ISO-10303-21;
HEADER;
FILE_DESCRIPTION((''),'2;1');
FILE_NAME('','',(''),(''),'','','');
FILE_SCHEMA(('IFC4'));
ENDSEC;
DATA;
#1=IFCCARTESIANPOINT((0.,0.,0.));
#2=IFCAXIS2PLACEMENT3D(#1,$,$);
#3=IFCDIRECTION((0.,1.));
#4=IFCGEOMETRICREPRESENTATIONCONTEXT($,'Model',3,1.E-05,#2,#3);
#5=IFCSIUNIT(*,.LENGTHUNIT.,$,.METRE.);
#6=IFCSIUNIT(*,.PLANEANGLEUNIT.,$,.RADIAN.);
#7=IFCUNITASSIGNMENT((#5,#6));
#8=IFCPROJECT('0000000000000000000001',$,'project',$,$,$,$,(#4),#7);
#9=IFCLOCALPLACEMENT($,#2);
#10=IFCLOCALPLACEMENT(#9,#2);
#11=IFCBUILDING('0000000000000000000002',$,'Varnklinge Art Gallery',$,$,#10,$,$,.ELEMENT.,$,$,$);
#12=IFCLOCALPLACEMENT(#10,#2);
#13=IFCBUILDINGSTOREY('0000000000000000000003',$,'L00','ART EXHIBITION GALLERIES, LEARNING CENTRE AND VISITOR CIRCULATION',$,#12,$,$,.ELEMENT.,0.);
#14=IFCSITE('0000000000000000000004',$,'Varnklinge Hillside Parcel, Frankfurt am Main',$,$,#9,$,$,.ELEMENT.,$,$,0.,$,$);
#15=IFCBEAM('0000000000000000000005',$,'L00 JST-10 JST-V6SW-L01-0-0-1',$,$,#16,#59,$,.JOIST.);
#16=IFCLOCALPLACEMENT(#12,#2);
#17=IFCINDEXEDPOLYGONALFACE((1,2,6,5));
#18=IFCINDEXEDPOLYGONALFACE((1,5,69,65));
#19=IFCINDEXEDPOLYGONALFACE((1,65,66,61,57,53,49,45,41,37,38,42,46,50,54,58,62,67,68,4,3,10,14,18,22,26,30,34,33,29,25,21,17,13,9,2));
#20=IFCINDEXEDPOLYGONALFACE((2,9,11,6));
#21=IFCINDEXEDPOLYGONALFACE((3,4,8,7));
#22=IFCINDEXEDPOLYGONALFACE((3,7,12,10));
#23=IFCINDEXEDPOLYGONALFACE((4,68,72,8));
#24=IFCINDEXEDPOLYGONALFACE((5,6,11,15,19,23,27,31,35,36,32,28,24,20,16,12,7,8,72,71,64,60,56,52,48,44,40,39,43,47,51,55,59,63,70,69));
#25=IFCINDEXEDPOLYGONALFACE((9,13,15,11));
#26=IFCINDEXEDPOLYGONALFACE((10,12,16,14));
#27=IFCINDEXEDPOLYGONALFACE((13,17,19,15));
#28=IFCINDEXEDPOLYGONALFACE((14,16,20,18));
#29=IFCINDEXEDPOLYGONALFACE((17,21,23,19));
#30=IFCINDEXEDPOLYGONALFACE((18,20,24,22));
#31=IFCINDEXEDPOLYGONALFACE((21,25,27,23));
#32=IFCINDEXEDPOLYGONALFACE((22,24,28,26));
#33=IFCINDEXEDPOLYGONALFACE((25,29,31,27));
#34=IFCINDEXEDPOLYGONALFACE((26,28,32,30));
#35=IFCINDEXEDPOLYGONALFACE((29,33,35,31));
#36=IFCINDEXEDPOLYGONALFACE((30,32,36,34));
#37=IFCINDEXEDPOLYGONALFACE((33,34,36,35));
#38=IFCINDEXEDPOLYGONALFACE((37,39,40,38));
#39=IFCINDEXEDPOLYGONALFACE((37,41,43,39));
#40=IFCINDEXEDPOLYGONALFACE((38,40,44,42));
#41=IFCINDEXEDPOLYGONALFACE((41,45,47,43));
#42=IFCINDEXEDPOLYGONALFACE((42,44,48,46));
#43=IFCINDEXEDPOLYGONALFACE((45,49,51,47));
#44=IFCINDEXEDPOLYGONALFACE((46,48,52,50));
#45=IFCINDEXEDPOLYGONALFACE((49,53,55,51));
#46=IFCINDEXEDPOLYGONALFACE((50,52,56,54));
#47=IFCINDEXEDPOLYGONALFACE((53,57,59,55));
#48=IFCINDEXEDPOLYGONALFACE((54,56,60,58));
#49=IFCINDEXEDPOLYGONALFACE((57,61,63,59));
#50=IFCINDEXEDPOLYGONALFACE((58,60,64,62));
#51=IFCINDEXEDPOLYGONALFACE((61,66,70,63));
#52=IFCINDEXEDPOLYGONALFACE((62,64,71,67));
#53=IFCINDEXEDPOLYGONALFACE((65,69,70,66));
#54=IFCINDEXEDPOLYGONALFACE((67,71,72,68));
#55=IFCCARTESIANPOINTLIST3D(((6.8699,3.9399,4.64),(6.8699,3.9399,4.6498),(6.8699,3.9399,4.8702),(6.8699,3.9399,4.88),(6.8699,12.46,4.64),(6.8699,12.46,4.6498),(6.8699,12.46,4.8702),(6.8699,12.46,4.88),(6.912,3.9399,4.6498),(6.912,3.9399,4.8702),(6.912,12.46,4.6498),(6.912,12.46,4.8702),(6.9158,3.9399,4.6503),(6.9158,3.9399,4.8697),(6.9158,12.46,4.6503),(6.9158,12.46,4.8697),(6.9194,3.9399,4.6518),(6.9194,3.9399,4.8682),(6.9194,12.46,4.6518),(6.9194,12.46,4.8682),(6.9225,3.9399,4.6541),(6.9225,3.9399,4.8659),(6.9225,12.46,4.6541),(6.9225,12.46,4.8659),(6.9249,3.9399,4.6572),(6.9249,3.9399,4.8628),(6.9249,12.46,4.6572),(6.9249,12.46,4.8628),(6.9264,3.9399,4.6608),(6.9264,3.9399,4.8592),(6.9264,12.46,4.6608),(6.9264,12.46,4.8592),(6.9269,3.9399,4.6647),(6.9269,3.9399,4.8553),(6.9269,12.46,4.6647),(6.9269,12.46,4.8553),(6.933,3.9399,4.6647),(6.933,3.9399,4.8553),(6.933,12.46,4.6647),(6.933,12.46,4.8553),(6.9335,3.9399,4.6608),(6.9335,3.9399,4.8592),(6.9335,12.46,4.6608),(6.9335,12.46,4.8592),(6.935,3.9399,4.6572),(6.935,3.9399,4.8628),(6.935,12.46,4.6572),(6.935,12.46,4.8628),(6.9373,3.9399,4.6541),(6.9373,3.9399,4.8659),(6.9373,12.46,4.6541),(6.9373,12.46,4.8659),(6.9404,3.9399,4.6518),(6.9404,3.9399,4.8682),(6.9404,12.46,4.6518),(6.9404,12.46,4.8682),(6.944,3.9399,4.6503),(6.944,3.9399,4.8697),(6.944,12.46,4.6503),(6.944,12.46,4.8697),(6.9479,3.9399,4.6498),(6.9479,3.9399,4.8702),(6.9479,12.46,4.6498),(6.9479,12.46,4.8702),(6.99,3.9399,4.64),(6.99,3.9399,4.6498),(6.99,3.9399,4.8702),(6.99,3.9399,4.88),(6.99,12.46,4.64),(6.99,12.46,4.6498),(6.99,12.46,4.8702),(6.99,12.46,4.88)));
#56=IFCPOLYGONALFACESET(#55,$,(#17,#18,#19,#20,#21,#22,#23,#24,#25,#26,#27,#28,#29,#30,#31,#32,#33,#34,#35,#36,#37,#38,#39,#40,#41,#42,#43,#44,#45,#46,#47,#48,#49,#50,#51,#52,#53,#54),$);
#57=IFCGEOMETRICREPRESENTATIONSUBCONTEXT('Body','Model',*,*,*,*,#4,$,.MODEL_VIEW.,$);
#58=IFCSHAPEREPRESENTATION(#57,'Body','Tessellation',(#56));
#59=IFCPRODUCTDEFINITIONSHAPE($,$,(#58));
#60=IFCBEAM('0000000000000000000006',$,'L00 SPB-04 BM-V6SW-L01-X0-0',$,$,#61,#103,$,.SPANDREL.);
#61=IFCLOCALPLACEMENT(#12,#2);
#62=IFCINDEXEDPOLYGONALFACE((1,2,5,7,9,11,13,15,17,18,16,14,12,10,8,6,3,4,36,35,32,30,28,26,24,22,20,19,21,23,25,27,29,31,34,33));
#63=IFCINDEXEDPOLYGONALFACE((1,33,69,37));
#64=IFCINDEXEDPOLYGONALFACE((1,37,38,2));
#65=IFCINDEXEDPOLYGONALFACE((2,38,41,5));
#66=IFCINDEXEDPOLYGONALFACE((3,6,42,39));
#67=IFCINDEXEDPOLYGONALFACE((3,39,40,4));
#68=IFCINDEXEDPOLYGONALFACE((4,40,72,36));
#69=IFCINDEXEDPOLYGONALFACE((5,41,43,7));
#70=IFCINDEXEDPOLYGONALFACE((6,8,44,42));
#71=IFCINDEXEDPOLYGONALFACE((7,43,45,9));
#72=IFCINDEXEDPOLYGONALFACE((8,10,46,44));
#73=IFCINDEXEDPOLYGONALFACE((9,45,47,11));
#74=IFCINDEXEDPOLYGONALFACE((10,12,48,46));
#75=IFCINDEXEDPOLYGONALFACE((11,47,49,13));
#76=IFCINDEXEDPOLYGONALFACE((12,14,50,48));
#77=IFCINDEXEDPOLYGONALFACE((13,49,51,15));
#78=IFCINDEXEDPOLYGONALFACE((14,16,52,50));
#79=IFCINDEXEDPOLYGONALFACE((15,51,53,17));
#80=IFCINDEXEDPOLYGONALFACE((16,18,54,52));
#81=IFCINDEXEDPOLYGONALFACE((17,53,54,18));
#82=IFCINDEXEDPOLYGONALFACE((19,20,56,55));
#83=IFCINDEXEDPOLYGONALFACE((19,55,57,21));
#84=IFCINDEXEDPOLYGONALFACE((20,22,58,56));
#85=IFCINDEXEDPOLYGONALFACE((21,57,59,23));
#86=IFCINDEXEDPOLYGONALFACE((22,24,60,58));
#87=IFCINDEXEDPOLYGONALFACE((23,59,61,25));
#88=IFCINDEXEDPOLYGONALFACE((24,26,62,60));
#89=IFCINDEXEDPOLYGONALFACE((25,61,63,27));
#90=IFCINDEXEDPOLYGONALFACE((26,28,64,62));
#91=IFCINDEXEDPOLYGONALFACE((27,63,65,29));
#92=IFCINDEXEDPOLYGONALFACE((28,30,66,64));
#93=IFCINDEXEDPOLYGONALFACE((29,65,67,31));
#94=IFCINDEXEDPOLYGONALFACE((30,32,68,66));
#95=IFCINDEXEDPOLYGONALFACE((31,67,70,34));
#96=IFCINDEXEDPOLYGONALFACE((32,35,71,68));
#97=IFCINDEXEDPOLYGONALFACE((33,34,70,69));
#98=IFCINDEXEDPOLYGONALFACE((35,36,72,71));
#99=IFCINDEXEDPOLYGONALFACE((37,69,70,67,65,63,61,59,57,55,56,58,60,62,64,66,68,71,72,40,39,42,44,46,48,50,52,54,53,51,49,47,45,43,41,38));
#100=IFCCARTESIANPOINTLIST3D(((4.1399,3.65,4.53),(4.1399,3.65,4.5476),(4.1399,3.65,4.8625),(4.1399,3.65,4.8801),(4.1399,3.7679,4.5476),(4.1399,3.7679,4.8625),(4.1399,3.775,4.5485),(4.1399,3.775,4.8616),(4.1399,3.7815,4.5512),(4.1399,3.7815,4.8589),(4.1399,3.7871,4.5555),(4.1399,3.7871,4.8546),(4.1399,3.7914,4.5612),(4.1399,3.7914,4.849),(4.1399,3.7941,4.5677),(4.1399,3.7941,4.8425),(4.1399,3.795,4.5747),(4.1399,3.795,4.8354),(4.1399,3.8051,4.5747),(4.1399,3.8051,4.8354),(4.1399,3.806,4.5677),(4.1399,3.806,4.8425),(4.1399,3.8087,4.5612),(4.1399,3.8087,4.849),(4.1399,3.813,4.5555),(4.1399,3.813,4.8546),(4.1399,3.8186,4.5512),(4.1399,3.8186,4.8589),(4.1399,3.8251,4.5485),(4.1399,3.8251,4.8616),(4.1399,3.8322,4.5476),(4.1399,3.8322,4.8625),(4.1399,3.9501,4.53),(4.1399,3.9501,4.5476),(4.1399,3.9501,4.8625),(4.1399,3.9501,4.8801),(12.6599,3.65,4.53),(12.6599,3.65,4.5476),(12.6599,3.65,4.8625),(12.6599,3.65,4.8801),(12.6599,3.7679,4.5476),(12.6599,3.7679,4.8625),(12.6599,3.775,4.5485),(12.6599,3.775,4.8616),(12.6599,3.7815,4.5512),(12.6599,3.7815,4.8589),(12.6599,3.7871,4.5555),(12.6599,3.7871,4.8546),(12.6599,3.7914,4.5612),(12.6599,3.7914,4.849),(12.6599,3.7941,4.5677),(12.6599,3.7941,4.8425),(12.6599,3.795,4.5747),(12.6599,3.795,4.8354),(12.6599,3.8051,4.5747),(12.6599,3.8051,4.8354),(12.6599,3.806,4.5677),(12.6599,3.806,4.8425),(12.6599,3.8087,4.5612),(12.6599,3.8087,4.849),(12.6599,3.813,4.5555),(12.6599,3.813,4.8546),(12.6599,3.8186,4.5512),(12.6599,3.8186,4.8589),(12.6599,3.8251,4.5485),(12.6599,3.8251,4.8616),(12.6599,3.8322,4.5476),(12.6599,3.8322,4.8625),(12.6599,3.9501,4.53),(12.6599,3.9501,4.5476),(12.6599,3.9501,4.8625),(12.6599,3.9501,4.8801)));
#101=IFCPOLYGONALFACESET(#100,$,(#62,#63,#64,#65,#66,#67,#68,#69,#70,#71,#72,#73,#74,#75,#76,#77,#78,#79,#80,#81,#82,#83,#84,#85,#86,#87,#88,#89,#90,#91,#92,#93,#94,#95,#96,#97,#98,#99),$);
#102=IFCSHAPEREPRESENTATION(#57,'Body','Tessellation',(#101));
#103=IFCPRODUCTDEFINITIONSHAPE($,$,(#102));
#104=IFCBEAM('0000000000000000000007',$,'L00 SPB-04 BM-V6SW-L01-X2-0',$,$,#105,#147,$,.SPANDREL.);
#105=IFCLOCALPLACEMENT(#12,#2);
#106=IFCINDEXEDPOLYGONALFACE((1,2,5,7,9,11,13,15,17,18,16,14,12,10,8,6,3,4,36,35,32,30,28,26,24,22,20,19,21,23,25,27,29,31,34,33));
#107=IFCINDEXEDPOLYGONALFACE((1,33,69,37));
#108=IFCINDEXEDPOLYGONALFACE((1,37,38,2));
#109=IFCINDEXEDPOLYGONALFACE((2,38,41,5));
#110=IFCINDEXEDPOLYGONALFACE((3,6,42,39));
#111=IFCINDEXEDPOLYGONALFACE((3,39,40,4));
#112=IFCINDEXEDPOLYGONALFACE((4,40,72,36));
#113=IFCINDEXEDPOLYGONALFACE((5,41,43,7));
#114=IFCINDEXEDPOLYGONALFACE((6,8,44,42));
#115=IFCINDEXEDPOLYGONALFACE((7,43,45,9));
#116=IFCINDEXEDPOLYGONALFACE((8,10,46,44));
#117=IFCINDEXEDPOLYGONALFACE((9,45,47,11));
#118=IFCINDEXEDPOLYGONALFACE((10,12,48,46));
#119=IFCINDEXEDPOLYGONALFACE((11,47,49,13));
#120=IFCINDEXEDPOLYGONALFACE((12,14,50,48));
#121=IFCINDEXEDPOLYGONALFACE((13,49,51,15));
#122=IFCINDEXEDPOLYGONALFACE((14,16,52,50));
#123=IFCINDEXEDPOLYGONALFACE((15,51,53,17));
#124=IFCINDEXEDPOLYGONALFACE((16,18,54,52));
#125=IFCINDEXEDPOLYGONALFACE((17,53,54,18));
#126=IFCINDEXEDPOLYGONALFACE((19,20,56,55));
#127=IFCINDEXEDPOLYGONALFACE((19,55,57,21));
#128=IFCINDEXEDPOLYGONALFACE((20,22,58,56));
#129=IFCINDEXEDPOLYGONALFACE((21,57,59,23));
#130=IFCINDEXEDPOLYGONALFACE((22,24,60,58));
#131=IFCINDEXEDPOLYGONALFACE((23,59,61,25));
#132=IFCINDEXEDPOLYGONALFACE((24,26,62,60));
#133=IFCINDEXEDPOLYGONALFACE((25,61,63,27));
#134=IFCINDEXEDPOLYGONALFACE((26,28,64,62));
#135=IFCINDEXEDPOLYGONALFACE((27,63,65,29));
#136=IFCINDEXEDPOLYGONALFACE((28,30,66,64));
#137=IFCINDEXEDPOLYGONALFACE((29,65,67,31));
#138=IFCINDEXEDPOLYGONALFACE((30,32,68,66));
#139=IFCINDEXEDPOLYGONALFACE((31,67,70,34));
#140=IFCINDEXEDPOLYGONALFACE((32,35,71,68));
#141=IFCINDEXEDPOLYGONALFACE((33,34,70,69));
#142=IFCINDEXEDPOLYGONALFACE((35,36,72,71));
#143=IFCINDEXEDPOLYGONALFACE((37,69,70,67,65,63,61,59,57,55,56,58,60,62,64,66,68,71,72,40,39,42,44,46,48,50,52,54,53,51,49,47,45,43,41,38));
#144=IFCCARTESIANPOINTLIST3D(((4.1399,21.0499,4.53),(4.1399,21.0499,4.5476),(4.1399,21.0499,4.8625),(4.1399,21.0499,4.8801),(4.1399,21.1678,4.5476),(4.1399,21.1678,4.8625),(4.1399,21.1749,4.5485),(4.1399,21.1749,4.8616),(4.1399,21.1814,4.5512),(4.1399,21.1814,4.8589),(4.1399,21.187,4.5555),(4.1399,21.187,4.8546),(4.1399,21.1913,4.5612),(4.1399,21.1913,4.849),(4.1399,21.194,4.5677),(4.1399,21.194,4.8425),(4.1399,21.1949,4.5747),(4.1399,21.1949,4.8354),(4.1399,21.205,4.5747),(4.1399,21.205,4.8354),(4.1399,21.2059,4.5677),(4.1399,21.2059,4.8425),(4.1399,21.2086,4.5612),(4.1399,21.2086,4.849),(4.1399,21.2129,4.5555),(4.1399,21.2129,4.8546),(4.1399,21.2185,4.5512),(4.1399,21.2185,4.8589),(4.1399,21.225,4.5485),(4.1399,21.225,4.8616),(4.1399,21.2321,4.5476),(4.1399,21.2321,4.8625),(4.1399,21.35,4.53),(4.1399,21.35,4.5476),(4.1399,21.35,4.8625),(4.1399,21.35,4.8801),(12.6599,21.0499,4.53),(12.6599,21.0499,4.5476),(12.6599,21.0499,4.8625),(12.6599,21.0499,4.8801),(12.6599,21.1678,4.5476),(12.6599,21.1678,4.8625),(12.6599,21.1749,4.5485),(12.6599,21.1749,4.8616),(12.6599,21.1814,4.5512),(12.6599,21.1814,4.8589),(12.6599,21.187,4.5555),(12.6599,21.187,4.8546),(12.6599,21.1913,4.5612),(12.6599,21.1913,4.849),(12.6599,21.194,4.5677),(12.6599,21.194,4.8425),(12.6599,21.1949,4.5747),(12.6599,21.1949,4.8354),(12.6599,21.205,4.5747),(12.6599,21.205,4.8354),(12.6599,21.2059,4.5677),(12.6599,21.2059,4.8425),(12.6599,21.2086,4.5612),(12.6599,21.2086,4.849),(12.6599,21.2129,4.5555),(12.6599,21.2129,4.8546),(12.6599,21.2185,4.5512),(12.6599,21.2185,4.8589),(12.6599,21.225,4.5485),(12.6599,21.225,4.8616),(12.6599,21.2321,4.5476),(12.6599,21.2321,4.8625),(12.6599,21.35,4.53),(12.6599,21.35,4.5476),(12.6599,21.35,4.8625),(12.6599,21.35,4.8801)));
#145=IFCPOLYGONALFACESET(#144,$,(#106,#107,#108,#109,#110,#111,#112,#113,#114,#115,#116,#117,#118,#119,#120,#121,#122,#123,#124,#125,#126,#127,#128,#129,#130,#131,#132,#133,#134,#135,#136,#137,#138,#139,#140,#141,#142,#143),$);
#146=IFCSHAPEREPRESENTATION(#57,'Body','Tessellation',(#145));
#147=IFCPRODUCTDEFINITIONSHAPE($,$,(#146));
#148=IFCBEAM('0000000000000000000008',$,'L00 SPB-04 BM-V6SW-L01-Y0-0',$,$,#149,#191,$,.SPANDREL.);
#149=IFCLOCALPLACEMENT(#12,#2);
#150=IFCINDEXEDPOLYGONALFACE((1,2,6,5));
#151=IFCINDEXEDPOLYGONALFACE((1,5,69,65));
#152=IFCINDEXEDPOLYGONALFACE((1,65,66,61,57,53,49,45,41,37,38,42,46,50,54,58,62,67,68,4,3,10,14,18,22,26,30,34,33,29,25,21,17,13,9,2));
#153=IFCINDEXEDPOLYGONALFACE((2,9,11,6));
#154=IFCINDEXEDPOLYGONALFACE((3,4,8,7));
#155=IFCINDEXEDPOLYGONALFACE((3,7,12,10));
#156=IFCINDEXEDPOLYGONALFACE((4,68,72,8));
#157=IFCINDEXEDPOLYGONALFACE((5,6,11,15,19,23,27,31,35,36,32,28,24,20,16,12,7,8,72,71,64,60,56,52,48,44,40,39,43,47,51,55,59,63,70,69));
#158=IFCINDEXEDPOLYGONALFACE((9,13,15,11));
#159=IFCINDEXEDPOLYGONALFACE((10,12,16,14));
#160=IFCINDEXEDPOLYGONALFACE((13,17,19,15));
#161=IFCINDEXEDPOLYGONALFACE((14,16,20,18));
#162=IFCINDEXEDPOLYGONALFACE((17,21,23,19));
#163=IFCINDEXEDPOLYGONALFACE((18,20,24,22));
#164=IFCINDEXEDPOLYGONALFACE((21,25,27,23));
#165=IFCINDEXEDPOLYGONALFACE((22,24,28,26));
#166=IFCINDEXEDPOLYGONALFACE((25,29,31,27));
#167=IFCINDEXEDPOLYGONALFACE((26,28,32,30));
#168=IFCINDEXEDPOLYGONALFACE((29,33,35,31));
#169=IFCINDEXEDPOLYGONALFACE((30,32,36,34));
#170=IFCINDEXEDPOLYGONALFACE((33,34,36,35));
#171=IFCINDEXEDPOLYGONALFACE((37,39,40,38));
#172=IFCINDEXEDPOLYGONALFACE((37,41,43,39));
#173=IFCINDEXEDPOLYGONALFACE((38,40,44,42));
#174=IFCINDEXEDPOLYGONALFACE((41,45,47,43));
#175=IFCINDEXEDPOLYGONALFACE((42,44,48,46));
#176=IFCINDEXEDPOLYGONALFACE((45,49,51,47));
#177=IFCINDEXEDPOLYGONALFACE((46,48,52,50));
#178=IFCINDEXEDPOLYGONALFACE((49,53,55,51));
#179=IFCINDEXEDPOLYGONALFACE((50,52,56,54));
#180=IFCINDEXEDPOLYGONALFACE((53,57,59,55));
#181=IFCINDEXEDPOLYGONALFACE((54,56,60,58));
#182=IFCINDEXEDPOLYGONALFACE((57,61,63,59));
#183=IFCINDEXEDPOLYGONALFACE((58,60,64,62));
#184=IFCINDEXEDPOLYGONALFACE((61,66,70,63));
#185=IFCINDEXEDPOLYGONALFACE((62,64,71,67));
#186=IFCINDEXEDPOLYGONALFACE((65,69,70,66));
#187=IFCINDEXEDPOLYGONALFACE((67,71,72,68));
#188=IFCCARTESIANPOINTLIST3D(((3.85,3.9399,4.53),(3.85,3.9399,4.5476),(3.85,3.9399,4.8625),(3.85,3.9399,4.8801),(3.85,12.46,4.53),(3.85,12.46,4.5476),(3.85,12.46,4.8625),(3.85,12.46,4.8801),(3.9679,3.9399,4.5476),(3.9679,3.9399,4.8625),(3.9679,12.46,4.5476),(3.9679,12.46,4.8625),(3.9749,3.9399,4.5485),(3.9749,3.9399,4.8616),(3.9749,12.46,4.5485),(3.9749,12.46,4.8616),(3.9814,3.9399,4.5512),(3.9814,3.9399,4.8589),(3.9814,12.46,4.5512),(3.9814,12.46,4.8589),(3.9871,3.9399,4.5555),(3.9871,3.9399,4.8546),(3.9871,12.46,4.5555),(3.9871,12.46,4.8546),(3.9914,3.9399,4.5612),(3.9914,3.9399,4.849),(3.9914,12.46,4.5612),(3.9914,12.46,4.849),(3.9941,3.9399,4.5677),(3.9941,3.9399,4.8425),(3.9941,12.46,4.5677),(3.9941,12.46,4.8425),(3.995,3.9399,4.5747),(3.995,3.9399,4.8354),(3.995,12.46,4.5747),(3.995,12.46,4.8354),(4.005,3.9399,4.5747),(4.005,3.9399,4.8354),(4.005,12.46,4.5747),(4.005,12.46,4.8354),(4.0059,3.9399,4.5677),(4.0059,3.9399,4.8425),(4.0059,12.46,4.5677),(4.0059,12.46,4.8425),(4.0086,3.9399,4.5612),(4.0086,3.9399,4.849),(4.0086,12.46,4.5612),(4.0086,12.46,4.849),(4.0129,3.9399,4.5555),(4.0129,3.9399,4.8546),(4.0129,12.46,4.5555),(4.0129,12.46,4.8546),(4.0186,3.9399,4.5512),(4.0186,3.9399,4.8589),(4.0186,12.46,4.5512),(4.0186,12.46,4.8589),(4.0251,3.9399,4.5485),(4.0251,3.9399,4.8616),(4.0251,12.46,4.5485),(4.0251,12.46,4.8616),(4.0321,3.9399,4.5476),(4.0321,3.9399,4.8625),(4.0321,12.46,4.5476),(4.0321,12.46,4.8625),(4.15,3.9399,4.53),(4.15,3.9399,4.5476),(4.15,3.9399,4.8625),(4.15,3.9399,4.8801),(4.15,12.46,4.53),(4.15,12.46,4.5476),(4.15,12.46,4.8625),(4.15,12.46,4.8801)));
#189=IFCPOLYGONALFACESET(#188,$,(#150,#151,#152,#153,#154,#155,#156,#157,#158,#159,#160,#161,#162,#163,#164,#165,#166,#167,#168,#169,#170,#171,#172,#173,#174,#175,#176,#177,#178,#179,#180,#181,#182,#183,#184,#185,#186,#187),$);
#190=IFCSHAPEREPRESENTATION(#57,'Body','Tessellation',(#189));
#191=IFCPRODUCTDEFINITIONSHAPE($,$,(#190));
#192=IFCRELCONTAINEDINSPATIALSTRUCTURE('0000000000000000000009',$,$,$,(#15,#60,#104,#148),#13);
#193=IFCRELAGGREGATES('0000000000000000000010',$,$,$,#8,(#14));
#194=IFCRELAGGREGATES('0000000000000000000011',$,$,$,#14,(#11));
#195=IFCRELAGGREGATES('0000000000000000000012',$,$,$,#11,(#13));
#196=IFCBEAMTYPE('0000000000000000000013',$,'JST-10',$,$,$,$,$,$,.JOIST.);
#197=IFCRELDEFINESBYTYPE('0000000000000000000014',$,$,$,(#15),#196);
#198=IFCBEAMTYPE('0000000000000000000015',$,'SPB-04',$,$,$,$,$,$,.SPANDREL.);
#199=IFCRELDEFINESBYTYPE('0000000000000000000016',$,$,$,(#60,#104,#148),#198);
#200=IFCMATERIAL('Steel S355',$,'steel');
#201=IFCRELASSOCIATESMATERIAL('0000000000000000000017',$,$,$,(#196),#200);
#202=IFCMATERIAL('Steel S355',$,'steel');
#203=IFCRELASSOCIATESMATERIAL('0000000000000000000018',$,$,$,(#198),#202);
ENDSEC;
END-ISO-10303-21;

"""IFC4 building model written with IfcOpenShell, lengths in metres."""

from ifc_helpers import new_model, si_unit, direction, frame, origin, origin_2d, place, context, subcontext, project, spatial, i_section, extrude, material, material_profile, profile_set, type_object, element, save


model = new_model("IFC4")

# Units and contexts
model_context = context("Model", 3, precision=1e-05, world=origin(), true_north=direction((0.0, 1.0)))
body_context = subcontext(model_context, "Body", "Model", "MODEL_VIEW")
ifc_project = project(units=[si_unit("LENGTHUNIT", "METRE"), si_unit("PLANEANGLEUNIT", "RADIAN")], contexts=[model_context])

# Site, building, storey
site_placement = place(None, origin())
site = spatial("IfcSite", under=ifc_project, at=site_placement, Name="Varnklinge Hillside Parcel, Frankfurt am Main", CompositionType="ELEMENT", RefElevation=0.0)
building_placement = place(site_placement, origin())
building = spatial("IfcBuilding", under=site, at=building_placement, Name="Varnklinge Art Gallery", CompositionType="ELEMENT")
storey_placement = place(building_placement, origin())
storey = spatial("IfcBuildingStorey", under=building, at=storey_placement, Name="L00", Description="ART EXHIBITION GALLERIES, LEARNING CENTRE AND VISITOR CIRCULATION", CompositionType="ELEMENT", Elevation=0.0)

# Beams
ifc_material_1 = material(Name="Steel S355", Category="steel")
ifc_material_profile_1 = material_profile(ifc_material_1, i_section(OverallWidth=0.1201, OverallDepth=0.24, WebThickness=0.0061, FlangeThickness=0.0098, FilletRadius=0.0149, at=origin_2d()), Name="IPE 240")
ifc_profile_set_1 = profile_set([ifc_material_profile_1], Name="Steel S355")
beam_type_1 = type_object("IfcBeamType", Name="JST-10", PredefinedType="JOIST", material=ifc_profile_set_1)
beam_1_placement = place(storey_placement, frame((6.9299, 3.9399, 4.76), z_axis=(0.0, 1.0, 0.0), x_axis=(-1.0, 0.0, 0.0)))
element("IfcBeam", 1, at=beam_1_placement, inside=storey, type_object=beam_type_1, Name="L00 JST-10 JST-V6SW-L01-0-0-1", PredefinedType="JOIST", context=body_context, shape_type="SweptSolid", body=[
    extrude(i_section(OverallWidth=0.1201, OverallDepth=0.24, WebThickness=0.0061, FlangeThickness=0.0098, FilletRadius=0.0149, at=origin_2d()), origin(), (0.0, 0.0, 1.0), 8.52),
])
ifc_material_2 = material(Name="Steel S355", Category="steel")
ifc_material_profile_2 = material_profile(ifc_material_2, i_section(OverallWidth=0.3, OverallDepth=0.3501, WebThickness=0.01, FlangeThickness=0.0176, FilletRadius=0.0271, at=origin_2d()), Name="HEA 360")
ifc_profile_set_2 = profile_set([ifc_material_profile_2], Name="Steel S355")
beam_type_2 = type_object("IfcBeamType", Name="SPB-04", PredefinedType="SPANDREL", material=ifc_profile_set_2)
for number, where, z_axis, x_axis, name in (
    (2, (4.1399, 3.8, 4.7051), (1.0, 0.0, 0.0), (0.0, 1.0, 0.0), "L00 SPB-04 BM-V6SW-L01-X0-0"),
    (3, (4.1399, 21.2, 4.7051), (1.0, 0.0, 0.0), (0.0, 1.0, 0.0), "L00 SPB-04 BM-V6SW-L01-X2-0"),
    (4, (4.0, 3.9399, 4.7051), (0.0, 1.0, 0.0), (-1.0, 0.0, 0.0), "L00 SPB-04 BM-V6SW-L01-Y0-0"),
):
    element("IfcBeam", number, at=place(storey_placement, frame(where, z_axis=z_axis, x_axis=x_axis)), inside=storey, type_object=beam_type_2, Name=name, PredefinedType="SPANDREL", context=body_context, shape_type="SweptSolid", body=[
        extrude(i_section(OverallWidth=0.3, OverallDepth=0.3501, WebThickness=0.01, FlangeThickness=0.0176, FilletRadius=0.0271, at=origin_2d()), origin(), (0.0, 0.0, 1.0), 8.52),
    ])

save(model, "model.ifc")
